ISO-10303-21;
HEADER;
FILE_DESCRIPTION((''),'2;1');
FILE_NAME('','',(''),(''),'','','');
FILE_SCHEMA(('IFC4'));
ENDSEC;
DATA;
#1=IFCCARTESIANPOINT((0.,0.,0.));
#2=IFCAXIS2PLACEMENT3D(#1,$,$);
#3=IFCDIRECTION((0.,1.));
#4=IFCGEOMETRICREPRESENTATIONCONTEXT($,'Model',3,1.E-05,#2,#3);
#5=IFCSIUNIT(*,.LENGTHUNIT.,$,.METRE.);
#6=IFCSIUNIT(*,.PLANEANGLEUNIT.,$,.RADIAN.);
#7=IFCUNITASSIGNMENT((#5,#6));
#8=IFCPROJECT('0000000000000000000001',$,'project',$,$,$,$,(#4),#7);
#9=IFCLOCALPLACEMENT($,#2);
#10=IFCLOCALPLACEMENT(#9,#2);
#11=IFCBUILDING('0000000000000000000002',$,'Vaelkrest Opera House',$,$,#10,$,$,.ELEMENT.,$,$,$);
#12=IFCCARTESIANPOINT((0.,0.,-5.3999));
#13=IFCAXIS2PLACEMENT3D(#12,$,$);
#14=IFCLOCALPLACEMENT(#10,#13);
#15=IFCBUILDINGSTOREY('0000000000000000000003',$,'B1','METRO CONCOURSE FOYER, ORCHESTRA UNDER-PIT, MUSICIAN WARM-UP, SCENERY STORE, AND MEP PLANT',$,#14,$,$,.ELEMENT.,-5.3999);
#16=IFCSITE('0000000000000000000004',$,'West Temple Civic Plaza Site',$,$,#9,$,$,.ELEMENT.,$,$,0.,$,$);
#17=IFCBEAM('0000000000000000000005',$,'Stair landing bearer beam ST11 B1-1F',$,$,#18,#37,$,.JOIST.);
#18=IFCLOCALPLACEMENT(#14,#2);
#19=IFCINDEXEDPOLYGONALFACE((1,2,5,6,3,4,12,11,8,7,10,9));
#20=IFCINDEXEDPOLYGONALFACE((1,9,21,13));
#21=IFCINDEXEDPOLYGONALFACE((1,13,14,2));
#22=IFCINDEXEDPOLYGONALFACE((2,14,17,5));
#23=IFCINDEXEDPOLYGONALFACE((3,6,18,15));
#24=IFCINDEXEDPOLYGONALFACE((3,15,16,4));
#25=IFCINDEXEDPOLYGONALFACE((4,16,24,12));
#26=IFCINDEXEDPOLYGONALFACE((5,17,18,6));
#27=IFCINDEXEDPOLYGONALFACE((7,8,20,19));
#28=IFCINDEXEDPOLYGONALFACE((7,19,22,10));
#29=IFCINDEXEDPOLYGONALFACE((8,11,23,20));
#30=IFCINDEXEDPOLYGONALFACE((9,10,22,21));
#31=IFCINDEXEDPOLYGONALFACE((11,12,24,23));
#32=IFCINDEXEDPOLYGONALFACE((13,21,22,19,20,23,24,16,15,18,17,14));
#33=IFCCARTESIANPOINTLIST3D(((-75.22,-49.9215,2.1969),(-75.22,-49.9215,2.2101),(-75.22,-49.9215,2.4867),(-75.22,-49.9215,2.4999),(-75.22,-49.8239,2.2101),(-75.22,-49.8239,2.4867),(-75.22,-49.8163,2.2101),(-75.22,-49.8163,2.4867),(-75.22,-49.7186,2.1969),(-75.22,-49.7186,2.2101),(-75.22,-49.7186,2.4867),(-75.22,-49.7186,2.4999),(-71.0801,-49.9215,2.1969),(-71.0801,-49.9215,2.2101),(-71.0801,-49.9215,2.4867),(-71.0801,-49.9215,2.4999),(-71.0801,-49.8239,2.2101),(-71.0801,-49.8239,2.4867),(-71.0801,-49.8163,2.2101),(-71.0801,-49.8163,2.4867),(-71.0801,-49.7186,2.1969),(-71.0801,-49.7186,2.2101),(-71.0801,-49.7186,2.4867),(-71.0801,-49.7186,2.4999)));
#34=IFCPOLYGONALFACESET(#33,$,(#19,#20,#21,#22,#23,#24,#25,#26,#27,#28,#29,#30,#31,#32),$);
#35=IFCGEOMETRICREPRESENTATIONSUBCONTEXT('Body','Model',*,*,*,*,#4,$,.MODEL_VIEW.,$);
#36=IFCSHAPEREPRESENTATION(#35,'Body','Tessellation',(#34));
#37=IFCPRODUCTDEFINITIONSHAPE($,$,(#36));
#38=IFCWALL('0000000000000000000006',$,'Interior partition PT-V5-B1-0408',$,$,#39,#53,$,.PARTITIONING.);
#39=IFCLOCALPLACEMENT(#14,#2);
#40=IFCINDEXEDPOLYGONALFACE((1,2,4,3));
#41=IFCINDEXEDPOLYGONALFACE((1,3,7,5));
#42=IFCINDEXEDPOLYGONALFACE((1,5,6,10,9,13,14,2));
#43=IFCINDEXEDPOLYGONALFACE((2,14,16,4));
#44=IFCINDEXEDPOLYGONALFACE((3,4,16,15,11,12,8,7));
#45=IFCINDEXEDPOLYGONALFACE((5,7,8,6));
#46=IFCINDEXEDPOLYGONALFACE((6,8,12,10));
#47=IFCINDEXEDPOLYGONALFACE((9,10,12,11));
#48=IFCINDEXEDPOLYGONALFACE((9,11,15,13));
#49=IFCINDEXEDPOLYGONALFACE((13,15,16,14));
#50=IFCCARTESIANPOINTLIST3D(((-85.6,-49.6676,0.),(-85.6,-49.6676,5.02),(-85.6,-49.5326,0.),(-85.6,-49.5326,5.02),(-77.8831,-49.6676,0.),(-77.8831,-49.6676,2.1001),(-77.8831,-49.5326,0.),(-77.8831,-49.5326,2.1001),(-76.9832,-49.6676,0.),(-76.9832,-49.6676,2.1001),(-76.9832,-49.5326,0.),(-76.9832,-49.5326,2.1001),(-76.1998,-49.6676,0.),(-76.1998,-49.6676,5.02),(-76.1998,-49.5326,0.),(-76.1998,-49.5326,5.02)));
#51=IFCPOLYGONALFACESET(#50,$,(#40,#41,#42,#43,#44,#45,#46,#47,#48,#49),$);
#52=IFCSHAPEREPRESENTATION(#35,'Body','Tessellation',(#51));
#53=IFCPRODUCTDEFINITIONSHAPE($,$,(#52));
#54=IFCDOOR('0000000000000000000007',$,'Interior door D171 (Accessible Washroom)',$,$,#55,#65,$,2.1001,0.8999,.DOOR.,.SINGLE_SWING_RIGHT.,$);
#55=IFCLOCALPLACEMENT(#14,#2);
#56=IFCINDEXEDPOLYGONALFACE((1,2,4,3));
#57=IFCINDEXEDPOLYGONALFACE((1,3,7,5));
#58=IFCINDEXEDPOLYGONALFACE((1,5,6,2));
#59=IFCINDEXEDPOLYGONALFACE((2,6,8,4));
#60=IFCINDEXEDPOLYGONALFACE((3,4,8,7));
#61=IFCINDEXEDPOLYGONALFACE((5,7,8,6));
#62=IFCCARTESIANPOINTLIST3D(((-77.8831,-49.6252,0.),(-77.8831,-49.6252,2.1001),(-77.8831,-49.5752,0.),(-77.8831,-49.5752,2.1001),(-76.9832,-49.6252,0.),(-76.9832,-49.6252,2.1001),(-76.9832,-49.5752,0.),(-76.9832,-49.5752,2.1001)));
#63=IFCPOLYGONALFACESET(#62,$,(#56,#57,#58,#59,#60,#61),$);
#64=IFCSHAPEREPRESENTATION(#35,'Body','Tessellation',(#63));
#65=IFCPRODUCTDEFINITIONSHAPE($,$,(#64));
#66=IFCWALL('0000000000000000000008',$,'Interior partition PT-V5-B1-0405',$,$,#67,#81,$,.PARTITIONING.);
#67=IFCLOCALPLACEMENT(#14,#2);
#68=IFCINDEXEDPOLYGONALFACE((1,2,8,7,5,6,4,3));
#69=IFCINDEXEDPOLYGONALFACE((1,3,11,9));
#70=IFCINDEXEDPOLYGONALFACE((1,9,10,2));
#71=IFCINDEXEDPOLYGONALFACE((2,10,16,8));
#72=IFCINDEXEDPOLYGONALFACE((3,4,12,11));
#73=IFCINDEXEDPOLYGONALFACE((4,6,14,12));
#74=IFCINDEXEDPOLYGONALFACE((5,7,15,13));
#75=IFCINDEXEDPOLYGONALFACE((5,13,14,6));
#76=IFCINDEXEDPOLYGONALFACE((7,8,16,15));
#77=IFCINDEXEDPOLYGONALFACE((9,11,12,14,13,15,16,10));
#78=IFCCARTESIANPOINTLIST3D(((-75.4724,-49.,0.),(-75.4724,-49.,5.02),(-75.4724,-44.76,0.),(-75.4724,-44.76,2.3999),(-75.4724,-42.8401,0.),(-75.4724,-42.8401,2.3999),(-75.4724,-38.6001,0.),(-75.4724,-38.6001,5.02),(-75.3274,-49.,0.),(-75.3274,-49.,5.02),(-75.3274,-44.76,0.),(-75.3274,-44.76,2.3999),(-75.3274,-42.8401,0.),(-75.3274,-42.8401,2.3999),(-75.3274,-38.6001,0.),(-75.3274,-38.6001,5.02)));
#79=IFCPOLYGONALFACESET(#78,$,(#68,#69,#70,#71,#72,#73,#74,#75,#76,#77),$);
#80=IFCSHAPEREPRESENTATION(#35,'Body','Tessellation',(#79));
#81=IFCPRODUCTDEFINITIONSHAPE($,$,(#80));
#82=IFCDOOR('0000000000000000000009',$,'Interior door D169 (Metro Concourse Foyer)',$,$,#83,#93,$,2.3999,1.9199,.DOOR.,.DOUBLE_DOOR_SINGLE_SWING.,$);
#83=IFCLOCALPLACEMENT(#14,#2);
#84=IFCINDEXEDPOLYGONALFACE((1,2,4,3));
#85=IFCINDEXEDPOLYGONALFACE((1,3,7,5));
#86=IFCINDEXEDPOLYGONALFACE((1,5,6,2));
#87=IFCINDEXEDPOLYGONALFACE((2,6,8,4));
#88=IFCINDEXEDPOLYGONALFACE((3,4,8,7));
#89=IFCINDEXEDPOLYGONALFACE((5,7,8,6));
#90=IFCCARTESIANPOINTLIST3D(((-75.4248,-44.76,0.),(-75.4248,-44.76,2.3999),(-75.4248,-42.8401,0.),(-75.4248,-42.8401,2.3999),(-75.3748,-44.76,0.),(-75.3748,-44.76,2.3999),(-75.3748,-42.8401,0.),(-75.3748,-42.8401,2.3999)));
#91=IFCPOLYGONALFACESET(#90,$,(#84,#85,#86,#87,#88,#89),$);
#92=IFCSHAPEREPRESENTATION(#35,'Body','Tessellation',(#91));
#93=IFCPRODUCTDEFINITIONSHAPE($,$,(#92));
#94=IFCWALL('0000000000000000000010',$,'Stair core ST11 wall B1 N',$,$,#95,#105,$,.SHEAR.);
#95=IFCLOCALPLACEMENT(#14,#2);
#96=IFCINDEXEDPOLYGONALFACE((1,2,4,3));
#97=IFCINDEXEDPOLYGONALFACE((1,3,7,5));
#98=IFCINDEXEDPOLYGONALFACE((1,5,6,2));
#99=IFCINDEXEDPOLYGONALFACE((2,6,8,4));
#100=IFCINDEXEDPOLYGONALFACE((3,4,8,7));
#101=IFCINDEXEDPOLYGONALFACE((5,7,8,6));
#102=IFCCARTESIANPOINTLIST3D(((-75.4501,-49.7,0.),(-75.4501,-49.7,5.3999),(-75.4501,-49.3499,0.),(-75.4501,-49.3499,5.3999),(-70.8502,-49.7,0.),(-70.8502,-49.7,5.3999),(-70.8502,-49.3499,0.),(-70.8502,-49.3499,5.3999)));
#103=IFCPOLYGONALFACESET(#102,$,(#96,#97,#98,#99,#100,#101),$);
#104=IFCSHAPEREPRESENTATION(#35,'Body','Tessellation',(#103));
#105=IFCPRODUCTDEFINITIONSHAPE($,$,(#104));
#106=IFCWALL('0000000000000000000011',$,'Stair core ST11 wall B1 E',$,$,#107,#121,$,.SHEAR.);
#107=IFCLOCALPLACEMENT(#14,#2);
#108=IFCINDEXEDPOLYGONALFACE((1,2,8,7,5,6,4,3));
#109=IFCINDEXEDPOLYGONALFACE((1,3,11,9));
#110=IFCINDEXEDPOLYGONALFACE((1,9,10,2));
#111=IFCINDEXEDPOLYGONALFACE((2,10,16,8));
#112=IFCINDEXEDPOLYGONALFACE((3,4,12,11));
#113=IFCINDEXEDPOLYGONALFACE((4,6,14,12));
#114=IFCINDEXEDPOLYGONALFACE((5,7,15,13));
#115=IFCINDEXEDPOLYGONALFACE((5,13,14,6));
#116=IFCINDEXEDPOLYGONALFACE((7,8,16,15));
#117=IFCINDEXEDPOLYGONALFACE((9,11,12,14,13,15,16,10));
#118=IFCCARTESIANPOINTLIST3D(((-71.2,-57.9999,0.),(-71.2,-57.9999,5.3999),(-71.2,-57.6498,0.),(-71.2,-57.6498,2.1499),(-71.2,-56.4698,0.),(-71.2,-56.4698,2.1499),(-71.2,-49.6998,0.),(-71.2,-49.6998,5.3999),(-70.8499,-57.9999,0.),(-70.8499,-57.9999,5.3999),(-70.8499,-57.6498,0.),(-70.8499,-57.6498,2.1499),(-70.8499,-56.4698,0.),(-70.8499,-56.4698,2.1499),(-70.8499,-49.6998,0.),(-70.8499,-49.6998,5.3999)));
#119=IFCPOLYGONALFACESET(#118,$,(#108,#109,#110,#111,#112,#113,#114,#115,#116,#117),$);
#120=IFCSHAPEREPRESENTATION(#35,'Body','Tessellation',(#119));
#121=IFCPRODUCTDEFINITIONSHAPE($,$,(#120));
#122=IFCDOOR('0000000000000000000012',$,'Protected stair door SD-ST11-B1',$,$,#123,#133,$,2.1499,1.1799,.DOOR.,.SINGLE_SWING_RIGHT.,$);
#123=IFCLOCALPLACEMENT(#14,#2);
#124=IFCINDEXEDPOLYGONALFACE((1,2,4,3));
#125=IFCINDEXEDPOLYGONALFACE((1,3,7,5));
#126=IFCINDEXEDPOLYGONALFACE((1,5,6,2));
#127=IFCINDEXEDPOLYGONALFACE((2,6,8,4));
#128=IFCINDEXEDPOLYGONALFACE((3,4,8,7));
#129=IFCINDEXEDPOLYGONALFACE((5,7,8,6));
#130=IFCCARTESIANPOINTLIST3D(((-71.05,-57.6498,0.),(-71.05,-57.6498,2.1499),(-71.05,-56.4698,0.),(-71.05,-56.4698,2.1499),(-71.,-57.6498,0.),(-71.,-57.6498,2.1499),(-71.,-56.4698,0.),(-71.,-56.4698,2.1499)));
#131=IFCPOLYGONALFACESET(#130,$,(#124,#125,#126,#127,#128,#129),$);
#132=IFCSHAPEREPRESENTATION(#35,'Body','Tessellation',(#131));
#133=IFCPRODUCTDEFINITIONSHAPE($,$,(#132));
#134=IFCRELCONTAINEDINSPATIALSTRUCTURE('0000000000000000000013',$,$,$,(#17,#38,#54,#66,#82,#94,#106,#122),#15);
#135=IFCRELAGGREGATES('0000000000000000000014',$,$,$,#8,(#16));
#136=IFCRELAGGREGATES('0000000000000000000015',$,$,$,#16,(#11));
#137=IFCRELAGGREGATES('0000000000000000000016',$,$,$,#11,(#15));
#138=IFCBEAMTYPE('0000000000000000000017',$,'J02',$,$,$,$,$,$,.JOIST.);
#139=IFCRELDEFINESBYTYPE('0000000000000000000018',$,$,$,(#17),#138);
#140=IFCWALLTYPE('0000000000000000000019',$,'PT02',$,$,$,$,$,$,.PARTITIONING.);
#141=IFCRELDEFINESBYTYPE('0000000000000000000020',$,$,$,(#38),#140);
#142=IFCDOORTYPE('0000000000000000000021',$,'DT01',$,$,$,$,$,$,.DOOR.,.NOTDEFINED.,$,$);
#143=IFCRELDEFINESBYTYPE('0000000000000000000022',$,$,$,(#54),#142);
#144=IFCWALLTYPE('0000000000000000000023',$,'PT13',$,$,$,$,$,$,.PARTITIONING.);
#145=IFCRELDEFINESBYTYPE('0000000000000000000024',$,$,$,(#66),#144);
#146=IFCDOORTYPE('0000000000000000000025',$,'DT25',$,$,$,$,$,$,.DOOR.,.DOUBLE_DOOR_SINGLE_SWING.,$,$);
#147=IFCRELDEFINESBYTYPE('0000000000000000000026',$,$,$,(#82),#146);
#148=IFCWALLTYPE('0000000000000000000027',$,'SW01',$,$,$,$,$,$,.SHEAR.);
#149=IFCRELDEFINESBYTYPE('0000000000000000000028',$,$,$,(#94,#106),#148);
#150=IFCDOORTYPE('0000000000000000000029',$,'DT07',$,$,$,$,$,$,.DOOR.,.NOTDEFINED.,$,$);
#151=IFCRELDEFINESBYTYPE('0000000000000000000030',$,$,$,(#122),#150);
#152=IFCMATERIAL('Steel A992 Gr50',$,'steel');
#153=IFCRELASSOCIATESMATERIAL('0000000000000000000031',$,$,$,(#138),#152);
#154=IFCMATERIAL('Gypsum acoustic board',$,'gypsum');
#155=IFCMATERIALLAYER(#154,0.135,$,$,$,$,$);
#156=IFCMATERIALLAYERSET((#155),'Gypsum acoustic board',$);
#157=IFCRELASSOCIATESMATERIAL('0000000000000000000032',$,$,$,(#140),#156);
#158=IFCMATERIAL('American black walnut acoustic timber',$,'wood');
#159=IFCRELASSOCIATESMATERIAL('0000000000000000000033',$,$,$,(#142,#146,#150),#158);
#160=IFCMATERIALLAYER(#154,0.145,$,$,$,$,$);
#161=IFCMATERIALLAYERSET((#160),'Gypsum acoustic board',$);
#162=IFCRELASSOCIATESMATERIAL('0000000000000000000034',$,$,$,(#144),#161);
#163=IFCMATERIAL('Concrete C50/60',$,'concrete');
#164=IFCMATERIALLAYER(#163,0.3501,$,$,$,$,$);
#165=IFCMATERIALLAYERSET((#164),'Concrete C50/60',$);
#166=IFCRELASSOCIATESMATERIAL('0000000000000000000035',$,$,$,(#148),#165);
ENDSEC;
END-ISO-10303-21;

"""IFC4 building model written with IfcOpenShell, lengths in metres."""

from ifc_helpers import new_model, si_unit, direction, frame, frame_2d, origin, origin_2d, place, context, subcontext, project, spatial, rectangle, i_section, extrude, material, layer, layer_set, material_profile, profile_set, type_object, element, fill, save


model = new_model("IFC4")

# Units and contexts
model_context = context("Model", 3, precision=1e-05, world=origin(), true_north=direction((0.0, 1.0)))
body_context = subcontext(model_context, "Body", "Model", "MODEL_VIEW")
ifc_project = project(units=[si_unit("LENGTHUNIT", "METRE"), si_unit("PLANEANGLEUNIT", "RADIAN")], contexts=[model_context])

# Site, building, storey
site_placement = place(None, origin())
site = spatial("IfcSite", under=ifc_project, at=site_placement, Name="West Temple Civic Plaza Site", CompositionType="ELEMENT", RefElevation=0.0)
building_placement = place(site_placement, origin())
building = spatial("IfcBuilding", under=site, at=building_placement, Name="Vaelkrest Opera House", CompositionType="ELEMENT")
storey_placement = place(building_placement, frame((0.0, 0.0, -5.3999)))
storey = spatial("IfcBuildingStorey", under=building, at=storey_placement, Name="B1", Description="METRO CONCOURSE FOYER, ORCHESTRA UNDER-PIT, MUSICIAN WARM-UP, SCENERY STORE, AND MEP PLANT", CompositionType="ELEMENT", Elevation=-5.3999)

# Shared definitions
ifc_material_1 = material(Name="Steel A992 Gr50", Category="steel")

# Beam
ifc_material_2 = material(Name="Concrete C50/60", Category="concrete")
ifc_material_profile_1 = material_profile(ifc_material_1, i_section(OverallWidth=0.2029, OverallDepth=0.303, WebThickness=0.0076, FlangeThickness=0.0132, at=origin_2d()), Name="W12X40")
ifc_profile_set_1 = profile_set([ifc_material_profile_1], Name="Steel A992 Gr50")
beam_type_1 = type_object("IfcBeamType", Name="J02", PredefinedType="JOIST", material=ifc_profile_set_1)
for number, where, z_axis, x_axis, name in (
    (1, (-75.22, -49.8201, 2.3484), (1.0, 0.0, 0.0), (0.0, 1.0, 0.0), "Stair landing bearer beam ST11 B1-1F"),
):
    element("IfcBeam", number, at=place(storey_placement, frame(where, z_axis=z_axis, x_axis=x_axis)), inside=storey, type_object=beam_type_1, Name=name, PredefinedType="JOIST", context=body_context, shape_type="SweptSolid", body=[
        extrude(i_section(OverallWidth=0.2029, OverallDepth=0.303, WebThickness=0.0076, FlangeThickness=0.0132, at=origin_2d()), origin(), (0.0, 0.0, 1.0), 4.1399),
    ])

# Walls, openings, doors
ifc_material_3 = material(Name="Gypsum acoustic board", Category="gypsum")
ifc_layer_1 = layer(ifc_material_3, 0.135)
ifc_layer_set_1 = layer_set([ifc_layer_1], Name="Gypsum acoustic board")
wall_type_1 = type_object("IfcWallType", Name="PT02", PredefinedType="PARTITIONING", material=ifc_layer_set_1)
wall_1_placement = place(storey_placement, frame((-85.6001, -49.6001, 0.0), z_axis=(0.0, 0.0, 1.0), x_axis=(1.0, 0.0, 0.0)))
wall_1 = element("IfcWall", 2, at=wall_1_placement, inside=storey, type_object=wall_type_1, Name="Interior partition PT-V5-B1-0408", PredefinedType="PARTITIONING", context=body_context, shape_type="SweptSolid", body=[
    extrude(rectangle(XDim=9.4001, YDim=0.135, at=frame_2d((4.7002, 0.0))), origin(), (0.0, 0.0, 1.0), 5.02),
])
opening_1_placement = place(wall_1_placement, frame((7.717, 0.0, 0.0)))
opening_1 = element("IfcOpeningElement", 3, at=opening_1_placement, cuts=wall_1, PredefinedType="OPENING", context=body_context, shape_type="SweptSolid", body=[
    extrude(rectangle(XDim=0.8999, YDim=2.1001, at=frame_2d((0.45, 1.05))), frame((0.0, 0.0774, 0.0), z_axis=(0.0, -1.0, 0.0), x_axis=(1.0, 0.0, 0.0)), (0.0, 0.0, 1.0), 0.155),
])
ifc_material_4 = material(Name="American black walnut acoustic timber", Category="wood")
door_type_1 = type_object("IfcDoorType", Name="DT01", OperationType="NOTDEFINED", PredefinedType="DOOR", material=ifc_material_4)
door_1_placement = place(opening_1_placement, origin())
door_1 = element("IfcDoor", 4, at=door_1_placement, inside=storey, type_object=door_type_1, Name="Interior door D171 (Accessible Washroom)", OperationType="SINGLE_SWING_RIGHT", OverallHeight=2.1001, OverallWidth=0.8999, PredefinedType="DOOR", context=body_context, shape_type="SweptSolid", body=[
    extrude(rectangle(XDim=0.8999, YDim=2.1001, at=frame_2d((0.45, 1.05))), frame((0.0, 0.0249, 0.0), z_axis=(0.0, -1.0, 0.0), x_axis=(1.0, 0.0, 0.0)), (0.0, 0.0, 1.0), 0.05),
])
fill(opening_1, door_1)
ifc_layer_2 = layer(ifc_material_3, 0.145)
ifc_layer_set_2 = layer_set([ifc_layer_2], Name="Gypsum acoustic board")
wall_type_2 = type_object("IfcWallType", Name="PT13", PredefinedType="PARTITIONING", material=ifc_layer_set_2)
wall_2_placement = place(storey_placement, frame((-75.3999, -49.0, 0.0), z_axis=(0.0, 0.0, 1.0), x_axis=(0.0, 1.0, 0.0)))
wall_2 = element("IfcWall", 5, at=wall_2_placement, inside=storey, type_object=wall_type_2, Name="Interior partition PT-V5-B1-0405", PredefinedType="PARTITIONING", context=body_context, shape_type="SweptSolid", body=[
    extrude(rectangle(XDim=10.3999, YDim=0.145, at=frame_2d((5.2, 0.0))), origin(), (0.0, 0.0, 1.0), 5.02),
])
opening_2_placement = place(wall_2_placement, frame((4.24, 0.0, 0.0)))
opening_2 = element("IfcOpeningElement", 6, at=opening_2_placement, cuts=wall_2, PredefinedType="OPENING", context=body_context, shape_type="SweptSolid", body=[
    extrude(rectangle(XDim=1.9199, YDim=2.3999, at=frame_2d((0.96, 1.2))), frame((0.0, 0.0825, 0.0), z_axis=(0.0, -1.0, 0.0), x_axis=(1.0, 0.0, 0.0)), (0.0, 0.0, 1.0), 0.165),
])
door_type_2 = type_object("IfcDoorType", Name="DT25", OperationType="DOUBLE_DOOR_SINGLE_SWING", PredefinedType="DOOR", material=ifc_material_4)
door_2_placement = place(opening_2_placement, origin())
door_2 = element("IfcDoor", 7, at=door_2_placement, inside=storey, type_object=door_type_2, Name="Interior door D169 (Metro Concourse Foyer)", OperationType="DOUBLE_DOOR_SINGLE_SWING", OverallHeight=2.3999, OverallWidth=1.9199, PredefinedType="DOOR", context=body_context, shape_type="SweptSolid", body=[
    extrude(rectangle(XDim=1.9199, YDim=2.3999, at=frame_2d((0.96, 1.2))), frame((0.0, 0.0249, 0.0), z_axis=(0.0, -1.0, 0.0), x_axis=(1.0, 0.0, 0.0)), (0.0, 0.0, 1.0), 0.05),
])
fill(opening_2, door_2)

# Wall
ifc_layer_3 = layer(ifc_material_2, 0.3501)
ifc_layer_set_3 = layer_set([ifc_layer_3], Name="Concrete C50/60")
wall_type_3 = type_object("IfcWallType", Name="SW01", PredefinedType="SHEAR", material=ifc_layer_set_3)
wall_3_placement = place(storey_placement, frame((-75.45, -49.5249, 0.0), z_axis=(0.0, 0.0, 1.0), x_axis=(1.0, 0.0, 0.0)))
element("IfcWall", 8, at=wall_3_placement, inside=storey, type_object=wall_type_3, Name="Stair core ST11 wall B1 N", PredefinedType="SHEAR", context=body_context, shape_type="SweptSolid", body=[
    extrude(rectangle(XDim=4.5999, YDim=0.3501, at=frame_2d((2.2998, 0.0))), origin(), (0.0, 0.0, 1.0), 5.3999),
])

# Wall, opening, door
wall_4_placement = place(storey_placement, frame((-71.0249, -49.7, 0.0), z_axis=(0.0, 0.0, 1.0), x_axis=(0.0, -1.0, 0.0)))
wall_4 = element("IfcWall", 9, at=wall_4_placement, inside=storey, type_object=wall_type_3, Name="Stair core ST11 wall B1 E", PredefinedType="SHEAR", context=body_context, shape_type="SweptSolid", body=[
    extrude(rectangle(XDim=8.3, YDim=0.3501, at=frame_2d((4.1499, 0.0))), origin(), (0.0, 0.0, 1.0), 5.3999),
])
opening_3_placement = place(wall_4_placement, frame((6.77, 0.0, 0.0)))
opening_3 = element("IfcOpeningElement", 10, at=opening_3_placement, cuts=wall_4, PredefinedType="OPENING", context=body_context, shape_type="SweptSolid", body=[
    extrude(rectangle(XDim=1.1799, YDim=2.1499, at=frame_2d((0.5898, 1.075))), frame((0.0, 0.1851, 0.0), z_axis=(0.0, -1.0, 0.0), x_axis=(1.0, 0.0, 0.0)), (0.0, 0.0, 1.0), 0.3701),
])
door_type_3 = type_object("IfcDoorType", Name="DT07", OperationType="NOTDEFINED", PredefinedType="DOOR", material=ifc_material_4)
door_3_placement = place(opening_3_placement, origin())
door_3 = element("IfcDoor", 11, at=door_3_placement, inside=storey, type_object=door_type_3, Name="Protected stair door SD-ST11-B1", OperationType="SINGLE_SWING_RIGHT", OverallHeight=2.1499, OverallWidth=1.1799, PredefinedType="DOOR", context=body_context, shape_type="SweptSolid", body=[
    extrude(rectangle(XDim=1.1799, YDim=2.1499, at=frame_2d((0.5898, 1.075))), frame((0.0, 0.0249, 0.0), z_axis=(0.0, -1.0, 0.0), x_axis=(1.0, 0.0, 0.0)), (0.0, 0.0, 1.0), 0.05),
])
fill(opening_3, door_3)

save(model, "model.ifc")
